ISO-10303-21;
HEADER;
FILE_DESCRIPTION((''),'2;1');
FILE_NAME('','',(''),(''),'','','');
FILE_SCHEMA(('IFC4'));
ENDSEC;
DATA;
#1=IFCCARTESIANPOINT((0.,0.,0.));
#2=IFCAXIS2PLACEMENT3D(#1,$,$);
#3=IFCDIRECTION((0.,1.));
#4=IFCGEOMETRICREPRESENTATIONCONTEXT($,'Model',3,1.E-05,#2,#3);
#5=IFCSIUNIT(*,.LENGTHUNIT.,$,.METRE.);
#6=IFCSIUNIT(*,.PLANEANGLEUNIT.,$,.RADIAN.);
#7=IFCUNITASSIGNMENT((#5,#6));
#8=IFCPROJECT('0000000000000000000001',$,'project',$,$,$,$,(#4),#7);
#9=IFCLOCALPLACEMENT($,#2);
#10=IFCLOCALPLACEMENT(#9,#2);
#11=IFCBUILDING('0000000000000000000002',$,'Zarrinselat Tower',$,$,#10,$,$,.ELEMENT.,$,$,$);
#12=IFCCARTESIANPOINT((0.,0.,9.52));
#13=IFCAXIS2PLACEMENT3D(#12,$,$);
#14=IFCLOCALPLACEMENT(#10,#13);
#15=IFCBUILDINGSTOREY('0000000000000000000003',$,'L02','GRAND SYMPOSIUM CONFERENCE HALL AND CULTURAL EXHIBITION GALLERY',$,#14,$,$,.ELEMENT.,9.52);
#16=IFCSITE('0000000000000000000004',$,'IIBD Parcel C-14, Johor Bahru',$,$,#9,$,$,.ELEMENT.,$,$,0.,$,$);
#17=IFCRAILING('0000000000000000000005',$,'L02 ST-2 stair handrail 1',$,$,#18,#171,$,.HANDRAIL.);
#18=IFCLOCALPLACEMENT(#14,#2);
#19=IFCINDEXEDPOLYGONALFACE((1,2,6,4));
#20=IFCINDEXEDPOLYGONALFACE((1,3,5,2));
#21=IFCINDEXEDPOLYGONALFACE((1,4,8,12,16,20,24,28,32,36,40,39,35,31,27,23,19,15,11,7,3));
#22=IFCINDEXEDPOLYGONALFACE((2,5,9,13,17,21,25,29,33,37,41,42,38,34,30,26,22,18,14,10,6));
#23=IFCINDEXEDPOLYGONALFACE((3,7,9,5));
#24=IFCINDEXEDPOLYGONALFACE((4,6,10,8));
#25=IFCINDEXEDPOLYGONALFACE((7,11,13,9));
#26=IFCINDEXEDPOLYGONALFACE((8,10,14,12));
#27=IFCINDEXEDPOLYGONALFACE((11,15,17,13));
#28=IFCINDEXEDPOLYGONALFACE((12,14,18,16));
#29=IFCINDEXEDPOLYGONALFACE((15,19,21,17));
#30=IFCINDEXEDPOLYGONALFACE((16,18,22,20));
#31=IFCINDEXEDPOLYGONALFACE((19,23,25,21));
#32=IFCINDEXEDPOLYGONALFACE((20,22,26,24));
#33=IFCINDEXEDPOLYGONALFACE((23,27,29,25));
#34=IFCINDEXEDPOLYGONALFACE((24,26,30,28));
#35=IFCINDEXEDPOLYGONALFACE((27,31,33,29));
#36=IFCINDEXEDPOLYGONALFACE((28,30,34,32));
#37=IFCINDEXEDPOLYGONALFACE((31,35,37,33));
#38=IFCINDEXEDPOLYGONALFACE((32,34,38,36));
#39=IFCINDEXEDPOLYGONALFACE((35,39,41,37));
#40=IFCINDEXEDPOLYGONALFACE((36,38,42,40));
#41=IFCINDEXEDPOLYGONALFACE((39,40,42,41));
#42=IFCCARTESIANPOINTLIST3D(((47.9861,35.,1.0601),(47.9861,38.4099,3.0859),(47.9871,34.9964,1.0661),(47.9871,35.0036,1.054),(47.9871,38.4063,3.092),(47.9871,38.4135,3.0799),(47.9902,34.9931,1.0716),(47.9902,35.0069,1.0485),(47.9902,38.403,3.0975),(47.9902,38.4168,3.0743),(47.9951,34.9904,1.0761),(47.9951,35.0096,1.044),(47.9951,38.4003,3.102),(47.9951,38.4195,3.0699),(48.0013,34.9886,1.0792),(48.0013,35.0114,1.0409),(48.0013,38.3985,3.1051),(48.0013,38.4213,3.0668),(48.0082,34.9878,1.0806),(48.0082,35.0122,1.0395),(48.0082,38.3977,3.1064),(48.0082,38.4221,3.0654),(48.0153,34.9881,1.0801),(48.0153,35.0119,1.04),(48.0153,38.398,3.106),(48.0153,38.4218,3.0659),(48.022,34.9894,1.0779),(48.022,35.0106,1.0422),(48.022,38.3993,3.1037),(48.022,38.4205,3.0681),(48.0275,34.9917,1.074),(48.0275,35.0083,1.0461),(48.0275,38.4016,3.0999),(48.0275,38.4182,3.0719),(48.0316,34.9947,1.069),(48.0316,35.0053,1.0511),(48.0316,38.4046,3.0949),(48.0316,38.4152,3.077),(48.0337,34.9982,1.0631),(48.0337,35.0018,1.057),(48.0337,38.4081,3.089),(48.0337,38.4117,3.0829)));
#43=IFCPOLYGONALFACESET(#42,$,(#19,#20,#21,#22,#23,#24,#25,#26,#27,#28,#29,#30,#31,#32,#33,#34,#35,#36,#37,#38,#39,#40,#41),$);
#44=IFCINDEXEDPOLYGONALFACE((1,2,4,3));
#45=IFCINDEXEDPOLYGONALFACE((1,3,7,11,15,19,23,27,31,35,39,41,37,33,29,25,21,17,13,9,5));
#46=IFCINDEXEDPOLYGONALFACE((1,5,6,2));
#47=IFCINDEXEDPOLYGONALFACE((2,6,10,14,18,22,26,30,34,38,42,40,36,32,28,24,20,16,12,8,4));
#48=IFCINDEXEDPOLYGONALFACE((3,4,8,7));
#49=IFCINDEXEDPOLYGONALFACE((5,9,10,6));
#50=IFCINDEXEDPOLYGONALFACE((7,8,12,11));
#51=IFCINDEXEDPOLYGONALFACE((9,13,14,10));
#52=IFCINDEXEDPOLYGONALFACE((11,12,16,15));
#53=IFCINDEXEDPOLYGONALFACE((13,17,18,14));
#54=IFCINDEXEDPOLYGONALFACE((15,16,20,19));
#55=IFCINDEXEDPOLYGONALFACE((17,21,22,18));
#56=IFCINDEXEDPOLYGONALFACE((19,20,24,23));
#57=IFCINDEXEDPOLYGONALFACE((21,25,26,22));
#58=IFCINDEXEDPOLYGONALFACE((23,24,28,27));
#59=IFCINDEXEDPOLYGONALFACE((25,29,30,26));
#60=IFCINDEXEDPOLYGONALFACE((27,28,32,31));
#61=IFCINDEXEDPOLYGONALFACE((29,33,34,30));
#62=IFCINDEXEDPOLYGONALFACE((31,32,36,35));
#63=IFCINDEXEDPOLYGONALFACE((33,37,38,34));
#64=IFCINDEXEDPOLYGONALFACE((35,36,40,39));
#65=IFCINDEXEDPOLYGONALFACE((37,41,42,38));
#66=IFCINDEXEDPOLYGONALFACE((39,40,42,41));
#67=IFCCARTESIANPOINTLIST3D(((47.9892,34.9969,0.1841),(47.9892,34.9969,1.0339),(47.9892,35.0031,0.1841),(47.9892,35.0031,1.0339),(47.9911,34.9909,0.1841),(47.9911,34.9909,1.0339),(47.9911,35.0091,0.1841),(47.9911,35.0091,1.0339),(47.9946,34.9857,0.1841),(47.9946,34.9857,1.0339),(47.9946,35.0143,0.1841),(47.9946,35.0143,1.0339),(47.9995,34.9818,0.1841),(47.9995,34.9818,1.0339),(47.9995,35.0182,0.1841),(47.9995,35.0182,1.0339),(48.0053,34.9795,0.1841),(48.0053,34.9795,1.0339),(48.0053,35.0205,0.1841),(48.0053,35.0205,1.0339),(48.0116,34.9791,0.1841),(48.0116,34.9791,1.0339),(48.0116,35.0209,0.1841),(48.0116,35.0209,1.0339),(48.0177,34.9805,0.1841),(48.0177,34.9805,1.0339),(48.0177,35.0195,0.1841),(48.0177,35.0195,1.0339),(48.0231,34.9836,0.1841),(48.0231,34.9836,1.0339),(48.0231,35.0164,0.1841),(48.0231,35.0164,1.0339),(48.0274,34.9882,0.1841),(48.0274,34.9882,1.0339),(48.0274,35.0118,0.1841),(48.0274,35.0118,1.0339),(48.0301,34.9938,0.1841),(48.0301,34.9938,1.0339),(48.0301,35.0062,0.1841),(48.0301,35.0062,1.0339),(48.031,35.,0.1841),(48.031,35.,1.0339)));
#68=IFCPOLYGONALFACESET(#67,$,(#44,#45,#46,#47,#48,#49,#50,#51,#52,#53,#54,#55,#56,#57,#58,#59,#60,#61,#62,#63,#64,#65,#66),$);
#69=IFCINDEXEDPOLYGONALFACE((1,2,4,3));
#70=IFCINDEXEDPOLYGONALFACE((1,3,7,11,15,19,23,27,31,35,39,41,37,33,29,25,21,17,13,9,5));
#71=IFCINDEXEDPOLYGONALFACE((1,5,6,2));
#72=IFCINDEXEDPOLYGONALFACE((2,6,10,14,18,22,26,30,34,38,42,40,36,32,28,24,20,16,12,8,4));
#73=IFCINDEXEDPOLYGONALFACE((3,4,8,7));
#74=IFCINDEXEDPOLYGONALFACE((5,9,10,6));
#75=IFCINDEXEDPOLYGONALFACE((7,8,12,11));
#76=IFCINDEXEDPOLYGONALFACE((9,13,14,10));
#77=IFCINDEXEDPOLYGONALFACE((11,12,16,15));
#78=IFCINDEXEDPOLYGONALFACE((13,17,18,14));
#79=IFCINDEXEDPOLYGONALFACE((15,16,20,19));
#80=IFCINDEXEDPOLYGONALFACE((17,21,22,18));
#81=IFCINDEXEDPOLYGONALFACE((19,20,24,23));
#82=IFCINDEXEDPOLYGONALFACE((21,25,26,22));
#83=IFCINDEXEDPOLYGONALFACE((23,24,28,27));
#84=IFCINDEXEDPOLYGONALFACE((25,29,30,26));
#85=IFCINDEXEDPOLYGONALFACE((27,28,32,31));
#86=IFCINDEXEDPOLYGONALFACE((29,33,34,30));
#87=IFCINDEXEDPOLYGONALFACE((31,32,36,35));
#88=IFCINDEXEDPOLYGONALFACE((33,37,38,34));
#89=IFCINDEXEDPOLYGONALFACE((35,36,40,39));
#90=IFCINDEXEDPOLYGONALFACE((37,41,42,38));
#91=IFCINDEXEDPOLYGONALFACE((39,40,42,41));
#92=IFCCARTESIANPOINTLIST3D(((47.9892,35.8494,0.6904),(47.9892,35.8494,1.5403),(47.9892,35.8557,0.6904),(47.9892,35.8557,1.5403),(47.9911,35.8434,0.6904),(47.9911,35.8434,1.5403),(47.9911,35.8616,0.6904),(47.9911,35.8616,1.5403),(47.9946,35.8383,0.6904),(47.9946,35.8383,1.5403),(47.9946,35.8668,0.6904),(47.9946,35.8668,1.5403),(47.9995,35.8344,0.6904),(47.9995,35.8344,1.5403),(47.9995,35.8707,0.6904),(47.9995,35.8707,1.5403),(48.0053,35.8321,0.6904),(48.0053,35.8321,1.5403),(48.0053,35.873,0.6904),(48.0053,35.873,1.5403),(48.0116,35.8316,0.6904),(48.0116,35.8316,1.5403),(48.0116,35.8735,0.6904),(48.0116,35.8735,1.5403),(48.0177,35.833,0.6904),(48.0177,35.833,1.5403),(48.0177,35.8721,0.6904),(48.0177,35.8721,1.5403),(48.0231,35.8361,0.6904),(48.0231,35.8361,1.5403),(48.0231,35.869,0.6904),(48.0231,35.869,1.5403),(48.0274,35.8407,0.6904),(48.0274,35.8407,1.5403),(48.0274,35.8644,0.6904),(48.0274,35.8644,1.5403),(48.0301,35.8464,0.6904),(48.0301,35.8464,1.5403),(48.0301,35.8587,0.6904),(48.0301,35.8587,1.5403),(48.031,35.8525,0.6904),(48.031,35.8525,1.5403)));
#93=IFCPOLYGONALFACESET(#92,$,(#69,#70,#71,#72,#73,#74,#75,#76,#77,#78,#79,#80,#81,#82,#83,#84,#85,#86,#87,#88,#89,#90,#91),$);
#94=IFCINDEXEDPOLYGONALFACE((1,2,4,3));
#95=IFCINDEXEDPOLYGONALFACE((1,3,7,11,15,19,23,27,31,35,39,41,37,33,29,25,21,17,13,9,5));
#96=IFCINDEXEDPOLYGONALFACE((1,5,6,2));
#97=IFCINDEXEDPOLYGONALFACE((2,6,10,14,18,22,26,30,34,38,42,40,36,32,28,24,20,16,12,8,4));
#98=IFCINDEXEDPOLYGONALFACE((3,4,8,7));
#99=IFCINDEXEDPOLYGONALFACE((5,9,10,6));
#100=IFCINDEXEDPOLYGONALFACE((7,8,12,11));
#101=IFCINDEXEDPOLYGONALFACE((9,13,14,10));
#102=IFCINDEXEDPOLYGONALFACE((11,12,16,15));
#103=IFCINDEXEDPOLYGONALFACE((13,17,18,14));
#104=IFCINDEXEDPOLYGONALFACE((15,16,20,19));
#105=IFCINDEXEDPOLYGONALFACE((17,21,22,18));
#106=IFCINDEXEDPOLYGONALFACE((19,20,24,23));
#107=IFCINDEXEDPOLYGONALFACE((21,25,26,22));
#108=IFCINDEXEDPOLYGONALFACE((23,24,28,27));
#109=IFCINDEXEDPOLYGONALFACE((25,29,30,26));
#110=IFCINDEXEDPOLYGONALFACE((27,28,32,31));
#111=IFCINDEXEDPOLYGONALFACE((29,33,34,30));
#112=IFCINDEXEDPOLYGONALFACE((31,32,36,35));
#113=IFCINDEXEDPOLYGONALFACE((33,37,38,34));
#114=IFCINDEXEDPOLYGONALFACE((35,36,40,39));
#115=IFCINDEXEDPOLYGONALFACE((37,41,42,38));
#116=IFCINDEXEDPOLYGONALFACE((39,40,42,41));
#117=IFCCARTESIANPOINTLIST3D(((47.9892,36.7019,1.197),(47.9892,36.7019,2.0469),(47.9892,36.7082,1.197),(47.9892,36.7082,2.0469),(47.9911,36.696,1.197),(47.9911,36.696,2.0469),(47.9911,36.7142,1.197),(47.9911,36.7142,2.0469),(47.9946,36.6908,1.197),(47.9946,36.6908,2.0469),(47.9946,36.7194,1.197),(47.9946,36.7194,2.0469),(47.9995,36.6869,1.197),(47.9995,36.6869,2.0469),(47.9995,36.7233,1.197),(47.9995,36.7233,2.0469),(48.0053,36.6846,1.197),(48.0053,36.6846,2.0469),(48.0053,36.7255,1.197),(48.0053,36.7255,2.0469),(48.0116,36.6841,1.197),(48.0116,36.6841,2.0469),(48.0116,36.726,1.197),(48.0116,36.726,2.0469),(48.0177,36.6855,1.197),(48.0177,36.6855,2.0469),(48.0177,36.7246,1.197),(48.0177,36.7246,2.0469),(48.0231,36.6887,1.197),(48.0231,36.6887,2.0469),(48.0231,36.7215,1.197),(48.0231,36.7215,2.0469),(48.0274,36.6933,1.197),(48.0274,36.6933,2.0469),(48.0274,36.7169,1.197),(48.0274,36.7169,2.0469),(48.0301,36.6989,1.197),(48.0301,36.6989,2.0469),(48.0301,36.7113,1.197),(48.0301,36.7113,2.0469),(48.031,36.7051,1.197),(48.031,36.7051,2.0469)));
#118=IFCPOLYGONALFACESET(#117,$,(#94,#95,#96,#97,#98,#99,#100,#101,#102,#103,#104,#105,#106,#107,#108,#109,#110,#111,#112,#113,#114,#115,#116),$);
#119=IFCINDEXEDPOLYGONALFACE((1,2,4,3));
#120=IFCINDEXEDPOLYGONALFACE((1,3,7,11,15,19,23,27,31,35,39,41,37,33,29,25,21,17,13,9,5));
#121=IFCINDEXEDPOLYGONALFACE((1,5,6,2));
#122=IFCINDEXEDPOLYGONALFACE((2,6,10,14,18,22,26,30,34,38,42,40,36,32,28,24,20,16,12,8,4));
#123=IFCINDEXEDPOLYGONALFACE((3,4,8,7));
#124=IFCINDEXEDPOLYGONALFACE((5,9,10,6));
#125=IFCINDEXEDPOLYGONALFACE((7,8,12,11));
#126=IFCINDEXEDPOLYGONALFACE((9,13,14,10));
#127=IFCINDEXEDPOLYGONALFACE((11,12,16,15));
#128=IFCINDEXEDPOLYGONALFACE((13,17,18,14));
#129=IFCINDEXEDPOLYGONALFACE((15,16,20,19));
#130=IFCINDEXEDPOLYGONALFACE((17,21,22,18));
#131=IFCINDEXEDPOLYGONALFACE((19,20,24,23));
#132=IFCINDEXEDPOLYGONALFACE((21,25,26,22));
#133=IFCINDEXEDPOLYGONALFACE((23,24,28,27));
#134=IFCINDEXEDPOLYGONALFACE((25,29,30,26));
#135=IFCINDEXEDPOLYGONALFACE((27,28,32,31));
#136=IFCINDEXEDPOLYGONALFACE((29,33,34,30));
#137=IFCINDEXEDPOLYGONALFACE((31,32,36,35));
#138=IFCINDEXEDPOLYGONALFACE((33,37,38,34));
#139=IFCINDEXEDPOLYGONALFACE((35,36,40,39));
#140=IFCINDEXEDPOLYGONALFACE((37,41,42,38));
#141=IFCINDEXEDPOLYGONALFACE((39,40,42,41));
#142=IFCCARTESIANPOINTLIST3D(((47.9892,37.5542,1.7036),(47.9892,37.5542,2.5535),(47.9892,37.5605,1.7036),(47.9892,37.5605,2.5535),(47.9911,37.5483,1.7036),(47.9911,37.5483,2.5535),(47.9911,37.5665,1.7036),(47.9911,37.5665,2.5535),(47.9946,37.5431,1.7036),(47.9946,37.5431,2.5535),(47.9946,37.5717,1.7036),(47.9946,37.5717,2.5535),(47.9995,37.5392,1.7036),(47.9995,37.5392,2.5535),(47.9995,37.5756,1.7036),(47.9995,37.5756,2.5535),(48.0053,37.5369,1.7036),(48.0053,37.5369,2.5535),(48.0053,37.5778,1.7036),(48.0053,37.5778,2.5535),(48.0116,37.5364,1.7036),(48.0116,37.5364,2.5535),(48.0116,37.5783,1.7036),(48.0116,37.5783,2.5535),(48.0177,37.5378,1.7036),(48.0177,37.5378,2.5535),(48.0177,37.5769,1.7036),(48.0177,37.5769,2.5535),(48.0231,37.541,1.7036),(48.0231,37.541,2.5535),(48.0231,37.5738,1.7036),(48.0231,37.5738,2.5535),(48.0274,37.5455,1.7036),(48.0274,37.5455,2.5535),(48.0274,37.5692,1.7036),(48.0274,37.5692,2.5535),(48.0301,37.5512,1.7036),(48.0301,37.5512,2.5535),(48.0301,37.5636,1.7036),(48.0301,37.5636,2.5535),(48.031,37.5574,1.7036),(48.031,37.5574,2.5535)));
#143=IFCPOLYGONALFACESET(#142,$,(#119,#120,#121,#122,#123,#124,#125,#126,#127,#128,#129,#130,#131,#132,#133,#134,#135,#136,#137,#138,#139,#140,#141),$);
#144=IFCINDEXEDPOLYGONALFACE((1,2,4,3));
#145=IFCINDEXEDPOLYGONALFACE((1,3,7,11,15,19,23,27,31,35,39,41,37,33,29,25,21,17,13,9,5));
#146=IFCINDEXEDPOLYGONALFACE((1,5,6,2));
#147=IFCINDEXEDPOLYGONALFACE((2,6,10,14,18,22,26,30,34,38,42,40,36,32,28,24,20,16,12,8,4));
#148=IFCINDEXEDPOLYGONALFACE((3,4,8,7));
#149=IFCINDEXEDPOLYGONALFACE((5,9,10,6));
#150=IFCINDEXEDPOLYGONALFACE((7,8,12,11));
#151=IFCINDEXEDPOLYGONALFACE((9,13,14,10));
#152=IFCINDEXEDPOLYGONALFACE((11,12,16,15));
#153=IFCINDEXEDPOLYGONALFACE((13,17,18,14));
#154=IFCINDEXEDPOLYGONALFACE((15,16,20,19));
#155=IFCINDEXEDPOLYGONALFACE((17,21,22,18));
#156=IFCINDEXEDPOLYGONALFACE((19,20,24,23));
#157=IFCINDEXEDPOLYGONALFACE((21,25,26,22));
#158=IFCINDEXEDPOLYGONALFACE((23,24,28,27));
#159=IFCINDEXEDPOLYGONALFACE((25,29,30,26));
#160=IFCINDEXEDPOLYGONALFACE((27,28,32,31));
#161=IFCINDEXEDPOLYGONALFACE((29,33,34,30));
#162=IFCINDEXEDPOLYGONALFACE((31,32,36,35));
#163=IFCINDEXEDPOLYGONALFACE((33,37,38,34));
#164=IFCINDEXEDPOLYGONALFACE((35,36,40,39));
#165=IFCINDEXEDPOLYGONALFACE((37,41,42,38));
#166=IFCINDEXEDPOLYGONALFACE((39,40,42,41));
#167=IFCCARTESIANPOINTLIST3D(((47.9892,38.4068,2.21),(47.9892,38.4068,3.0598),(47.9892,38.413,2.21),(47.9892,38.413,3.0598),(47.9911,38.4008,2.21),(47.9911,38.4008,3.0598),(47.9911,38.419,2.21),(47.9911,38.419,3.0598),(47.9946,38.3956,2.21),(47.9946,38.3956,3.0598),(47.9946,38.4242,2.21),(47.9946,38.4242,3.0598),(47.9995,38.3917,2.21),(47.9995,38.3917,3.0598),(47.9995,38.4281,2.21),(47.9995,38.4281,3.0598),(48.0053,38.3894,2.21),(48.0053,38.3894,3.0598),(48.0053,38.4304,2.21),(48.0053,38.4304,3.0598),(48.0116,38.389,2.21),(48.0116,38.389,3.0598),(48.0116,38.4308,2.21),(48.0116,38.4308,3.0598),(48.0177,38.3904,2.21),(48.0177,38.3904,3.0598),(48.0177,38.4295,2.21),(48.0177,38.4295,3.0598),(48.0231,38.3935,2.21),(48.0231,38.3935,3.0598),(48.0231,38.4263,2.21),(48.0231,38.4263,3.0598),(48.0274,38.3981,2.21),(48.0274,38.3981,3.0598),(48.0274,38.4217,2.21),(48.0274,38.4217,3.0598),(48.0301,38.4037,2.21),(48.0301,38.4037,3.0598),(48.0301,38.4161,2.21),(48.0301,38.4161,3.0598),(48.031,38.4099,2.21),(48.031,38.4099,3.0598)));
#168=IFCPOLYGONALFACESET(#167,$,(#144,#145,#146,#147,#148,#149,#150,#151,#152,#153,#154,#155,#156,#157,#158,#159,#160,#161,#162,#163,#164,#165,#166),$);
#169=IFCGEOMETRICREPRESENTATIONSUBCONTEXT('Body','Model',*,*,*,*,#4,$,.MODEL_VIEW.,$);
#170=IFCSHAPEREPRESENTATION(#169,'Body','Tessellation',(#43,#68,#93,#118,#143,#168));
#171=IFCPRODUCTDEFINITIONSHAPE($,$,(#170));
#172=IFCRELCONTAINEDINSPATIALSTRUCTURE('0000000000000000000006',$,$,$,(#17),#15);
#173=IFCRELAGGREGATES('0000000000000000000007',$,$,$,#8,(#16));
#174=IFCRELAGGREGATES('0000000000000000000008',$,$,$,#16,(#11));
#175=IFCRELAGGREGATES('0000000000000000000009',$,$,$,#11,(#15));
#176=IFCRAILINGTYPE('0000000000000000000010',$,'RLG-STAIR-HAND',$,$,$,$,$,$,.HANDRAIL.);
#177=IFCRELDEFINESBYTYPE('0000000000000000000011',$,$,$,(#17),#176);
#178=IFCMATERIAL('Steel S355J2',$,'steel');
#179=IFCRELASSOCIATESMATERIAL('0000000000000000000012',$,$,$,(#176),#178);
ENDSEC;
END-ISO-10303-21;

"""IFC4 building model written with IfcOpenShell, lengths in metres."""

from ifc_helpers import new_model, si_unit, direction, frame, origin, origin_2d, place, context, subcontext, project, spatial, circle, extrude, material, type_object, element, save


model = new_model("IFC4")

# Units and contexts
model_context = context("Model", 3, precision=1e-05, world=origin(), true_north=direction((0.0, 1.0)))
body_context = subcontext(model_context, "Body", "Model", "MODEL_VIEW")
ifc_project = project(units=[si_unit("LENGTHUNIT", "METRE"), si_unit("PLANEANGLEUNIT", "RADIAN")], contexts=[model_context])

# Site, building, storey
site_placement = place(None, origin())
site = spatial("IfcSite", under=ifc_project, at=site_placement, Name="IIBD Parcel C-14, Johor Bahru", CompositionType="ELEMENT", RefElevation=0.0)
building_placement = place(site_placement, origin())
building = spatial("IfcBuilding", under=site, at=building_placement, Name="Zarrinselat Tower", CompositionType="ELEMENT")
storey_placement = place(building_placement, frame((0.0, 0.0, 9.52)))
storey = spatial("IfcBuildingStorey", under=building, at=storey_placement, Name="L02", Description="GRAND SYMPOSIUM CONFERENCE HALL AND CULTURAL EXHIBITION GALLERY", CompositionType="ELEMENT", Elevation=9.52)

# Railing
ifc_material_1 = material(Name="Steel S355J2", Category="steel")
railing_type_1 = type_object("IfcRailingType", Name="RLG-STAIR-HAND", PredefinedType="HANDRAIL", material=ifc_material_1)
railing_1_placement = place(storey_placement, frame((48.01, 35.0, 0.1841)))
element("IfcRailing", 1, at=railing_1_placement, inside=storey, type_object=railing_type_1, Name="L02 ST-2 stair handrail 1", PredefinedType="HANDRAIL", context=body_context, shape_type="SweptSolid", body=[
    extrude(circle(Radius=0.0239, at=origin_2d()), frame((0.0, 0.0, 0.876), z_axis=(0.0, 0.859717, 0.510771), x_axis=(-1.0, 0.0, 0.0)), (0.0, 0.0, 1.0), 3.9663),
    extrude(circle(Radius=0.021, at=origin_2d()), origin(), (0.0, 0.0, 1.0), 0.8499),
    extrude(circle(Radius=0.021, at=origin_2d()), frame((0.0, 0.8525, 0.5063)), (0.0, 0.0, 1.0), 0.8499),
    extrude(circle(Radius=0.021, at=origin_2d()), frame((0.0, 1.7051, 1.0129)), (0.0, 0.0, 1.0), 0.8499),
    extrude(circle(Radius=0.021, at=origin_2d()), frame((0.0, 2.5574, 1.5195)), (0.0, 0.0, 1.0), 0.8499),
    extrude(circle(Radius=0.021, at=origin_2d()), frame((0.0, 3.4099, 2.0259)), (0.0, 0.0, 1.0), 0.8499),
])

save(model, "model.ifc")
